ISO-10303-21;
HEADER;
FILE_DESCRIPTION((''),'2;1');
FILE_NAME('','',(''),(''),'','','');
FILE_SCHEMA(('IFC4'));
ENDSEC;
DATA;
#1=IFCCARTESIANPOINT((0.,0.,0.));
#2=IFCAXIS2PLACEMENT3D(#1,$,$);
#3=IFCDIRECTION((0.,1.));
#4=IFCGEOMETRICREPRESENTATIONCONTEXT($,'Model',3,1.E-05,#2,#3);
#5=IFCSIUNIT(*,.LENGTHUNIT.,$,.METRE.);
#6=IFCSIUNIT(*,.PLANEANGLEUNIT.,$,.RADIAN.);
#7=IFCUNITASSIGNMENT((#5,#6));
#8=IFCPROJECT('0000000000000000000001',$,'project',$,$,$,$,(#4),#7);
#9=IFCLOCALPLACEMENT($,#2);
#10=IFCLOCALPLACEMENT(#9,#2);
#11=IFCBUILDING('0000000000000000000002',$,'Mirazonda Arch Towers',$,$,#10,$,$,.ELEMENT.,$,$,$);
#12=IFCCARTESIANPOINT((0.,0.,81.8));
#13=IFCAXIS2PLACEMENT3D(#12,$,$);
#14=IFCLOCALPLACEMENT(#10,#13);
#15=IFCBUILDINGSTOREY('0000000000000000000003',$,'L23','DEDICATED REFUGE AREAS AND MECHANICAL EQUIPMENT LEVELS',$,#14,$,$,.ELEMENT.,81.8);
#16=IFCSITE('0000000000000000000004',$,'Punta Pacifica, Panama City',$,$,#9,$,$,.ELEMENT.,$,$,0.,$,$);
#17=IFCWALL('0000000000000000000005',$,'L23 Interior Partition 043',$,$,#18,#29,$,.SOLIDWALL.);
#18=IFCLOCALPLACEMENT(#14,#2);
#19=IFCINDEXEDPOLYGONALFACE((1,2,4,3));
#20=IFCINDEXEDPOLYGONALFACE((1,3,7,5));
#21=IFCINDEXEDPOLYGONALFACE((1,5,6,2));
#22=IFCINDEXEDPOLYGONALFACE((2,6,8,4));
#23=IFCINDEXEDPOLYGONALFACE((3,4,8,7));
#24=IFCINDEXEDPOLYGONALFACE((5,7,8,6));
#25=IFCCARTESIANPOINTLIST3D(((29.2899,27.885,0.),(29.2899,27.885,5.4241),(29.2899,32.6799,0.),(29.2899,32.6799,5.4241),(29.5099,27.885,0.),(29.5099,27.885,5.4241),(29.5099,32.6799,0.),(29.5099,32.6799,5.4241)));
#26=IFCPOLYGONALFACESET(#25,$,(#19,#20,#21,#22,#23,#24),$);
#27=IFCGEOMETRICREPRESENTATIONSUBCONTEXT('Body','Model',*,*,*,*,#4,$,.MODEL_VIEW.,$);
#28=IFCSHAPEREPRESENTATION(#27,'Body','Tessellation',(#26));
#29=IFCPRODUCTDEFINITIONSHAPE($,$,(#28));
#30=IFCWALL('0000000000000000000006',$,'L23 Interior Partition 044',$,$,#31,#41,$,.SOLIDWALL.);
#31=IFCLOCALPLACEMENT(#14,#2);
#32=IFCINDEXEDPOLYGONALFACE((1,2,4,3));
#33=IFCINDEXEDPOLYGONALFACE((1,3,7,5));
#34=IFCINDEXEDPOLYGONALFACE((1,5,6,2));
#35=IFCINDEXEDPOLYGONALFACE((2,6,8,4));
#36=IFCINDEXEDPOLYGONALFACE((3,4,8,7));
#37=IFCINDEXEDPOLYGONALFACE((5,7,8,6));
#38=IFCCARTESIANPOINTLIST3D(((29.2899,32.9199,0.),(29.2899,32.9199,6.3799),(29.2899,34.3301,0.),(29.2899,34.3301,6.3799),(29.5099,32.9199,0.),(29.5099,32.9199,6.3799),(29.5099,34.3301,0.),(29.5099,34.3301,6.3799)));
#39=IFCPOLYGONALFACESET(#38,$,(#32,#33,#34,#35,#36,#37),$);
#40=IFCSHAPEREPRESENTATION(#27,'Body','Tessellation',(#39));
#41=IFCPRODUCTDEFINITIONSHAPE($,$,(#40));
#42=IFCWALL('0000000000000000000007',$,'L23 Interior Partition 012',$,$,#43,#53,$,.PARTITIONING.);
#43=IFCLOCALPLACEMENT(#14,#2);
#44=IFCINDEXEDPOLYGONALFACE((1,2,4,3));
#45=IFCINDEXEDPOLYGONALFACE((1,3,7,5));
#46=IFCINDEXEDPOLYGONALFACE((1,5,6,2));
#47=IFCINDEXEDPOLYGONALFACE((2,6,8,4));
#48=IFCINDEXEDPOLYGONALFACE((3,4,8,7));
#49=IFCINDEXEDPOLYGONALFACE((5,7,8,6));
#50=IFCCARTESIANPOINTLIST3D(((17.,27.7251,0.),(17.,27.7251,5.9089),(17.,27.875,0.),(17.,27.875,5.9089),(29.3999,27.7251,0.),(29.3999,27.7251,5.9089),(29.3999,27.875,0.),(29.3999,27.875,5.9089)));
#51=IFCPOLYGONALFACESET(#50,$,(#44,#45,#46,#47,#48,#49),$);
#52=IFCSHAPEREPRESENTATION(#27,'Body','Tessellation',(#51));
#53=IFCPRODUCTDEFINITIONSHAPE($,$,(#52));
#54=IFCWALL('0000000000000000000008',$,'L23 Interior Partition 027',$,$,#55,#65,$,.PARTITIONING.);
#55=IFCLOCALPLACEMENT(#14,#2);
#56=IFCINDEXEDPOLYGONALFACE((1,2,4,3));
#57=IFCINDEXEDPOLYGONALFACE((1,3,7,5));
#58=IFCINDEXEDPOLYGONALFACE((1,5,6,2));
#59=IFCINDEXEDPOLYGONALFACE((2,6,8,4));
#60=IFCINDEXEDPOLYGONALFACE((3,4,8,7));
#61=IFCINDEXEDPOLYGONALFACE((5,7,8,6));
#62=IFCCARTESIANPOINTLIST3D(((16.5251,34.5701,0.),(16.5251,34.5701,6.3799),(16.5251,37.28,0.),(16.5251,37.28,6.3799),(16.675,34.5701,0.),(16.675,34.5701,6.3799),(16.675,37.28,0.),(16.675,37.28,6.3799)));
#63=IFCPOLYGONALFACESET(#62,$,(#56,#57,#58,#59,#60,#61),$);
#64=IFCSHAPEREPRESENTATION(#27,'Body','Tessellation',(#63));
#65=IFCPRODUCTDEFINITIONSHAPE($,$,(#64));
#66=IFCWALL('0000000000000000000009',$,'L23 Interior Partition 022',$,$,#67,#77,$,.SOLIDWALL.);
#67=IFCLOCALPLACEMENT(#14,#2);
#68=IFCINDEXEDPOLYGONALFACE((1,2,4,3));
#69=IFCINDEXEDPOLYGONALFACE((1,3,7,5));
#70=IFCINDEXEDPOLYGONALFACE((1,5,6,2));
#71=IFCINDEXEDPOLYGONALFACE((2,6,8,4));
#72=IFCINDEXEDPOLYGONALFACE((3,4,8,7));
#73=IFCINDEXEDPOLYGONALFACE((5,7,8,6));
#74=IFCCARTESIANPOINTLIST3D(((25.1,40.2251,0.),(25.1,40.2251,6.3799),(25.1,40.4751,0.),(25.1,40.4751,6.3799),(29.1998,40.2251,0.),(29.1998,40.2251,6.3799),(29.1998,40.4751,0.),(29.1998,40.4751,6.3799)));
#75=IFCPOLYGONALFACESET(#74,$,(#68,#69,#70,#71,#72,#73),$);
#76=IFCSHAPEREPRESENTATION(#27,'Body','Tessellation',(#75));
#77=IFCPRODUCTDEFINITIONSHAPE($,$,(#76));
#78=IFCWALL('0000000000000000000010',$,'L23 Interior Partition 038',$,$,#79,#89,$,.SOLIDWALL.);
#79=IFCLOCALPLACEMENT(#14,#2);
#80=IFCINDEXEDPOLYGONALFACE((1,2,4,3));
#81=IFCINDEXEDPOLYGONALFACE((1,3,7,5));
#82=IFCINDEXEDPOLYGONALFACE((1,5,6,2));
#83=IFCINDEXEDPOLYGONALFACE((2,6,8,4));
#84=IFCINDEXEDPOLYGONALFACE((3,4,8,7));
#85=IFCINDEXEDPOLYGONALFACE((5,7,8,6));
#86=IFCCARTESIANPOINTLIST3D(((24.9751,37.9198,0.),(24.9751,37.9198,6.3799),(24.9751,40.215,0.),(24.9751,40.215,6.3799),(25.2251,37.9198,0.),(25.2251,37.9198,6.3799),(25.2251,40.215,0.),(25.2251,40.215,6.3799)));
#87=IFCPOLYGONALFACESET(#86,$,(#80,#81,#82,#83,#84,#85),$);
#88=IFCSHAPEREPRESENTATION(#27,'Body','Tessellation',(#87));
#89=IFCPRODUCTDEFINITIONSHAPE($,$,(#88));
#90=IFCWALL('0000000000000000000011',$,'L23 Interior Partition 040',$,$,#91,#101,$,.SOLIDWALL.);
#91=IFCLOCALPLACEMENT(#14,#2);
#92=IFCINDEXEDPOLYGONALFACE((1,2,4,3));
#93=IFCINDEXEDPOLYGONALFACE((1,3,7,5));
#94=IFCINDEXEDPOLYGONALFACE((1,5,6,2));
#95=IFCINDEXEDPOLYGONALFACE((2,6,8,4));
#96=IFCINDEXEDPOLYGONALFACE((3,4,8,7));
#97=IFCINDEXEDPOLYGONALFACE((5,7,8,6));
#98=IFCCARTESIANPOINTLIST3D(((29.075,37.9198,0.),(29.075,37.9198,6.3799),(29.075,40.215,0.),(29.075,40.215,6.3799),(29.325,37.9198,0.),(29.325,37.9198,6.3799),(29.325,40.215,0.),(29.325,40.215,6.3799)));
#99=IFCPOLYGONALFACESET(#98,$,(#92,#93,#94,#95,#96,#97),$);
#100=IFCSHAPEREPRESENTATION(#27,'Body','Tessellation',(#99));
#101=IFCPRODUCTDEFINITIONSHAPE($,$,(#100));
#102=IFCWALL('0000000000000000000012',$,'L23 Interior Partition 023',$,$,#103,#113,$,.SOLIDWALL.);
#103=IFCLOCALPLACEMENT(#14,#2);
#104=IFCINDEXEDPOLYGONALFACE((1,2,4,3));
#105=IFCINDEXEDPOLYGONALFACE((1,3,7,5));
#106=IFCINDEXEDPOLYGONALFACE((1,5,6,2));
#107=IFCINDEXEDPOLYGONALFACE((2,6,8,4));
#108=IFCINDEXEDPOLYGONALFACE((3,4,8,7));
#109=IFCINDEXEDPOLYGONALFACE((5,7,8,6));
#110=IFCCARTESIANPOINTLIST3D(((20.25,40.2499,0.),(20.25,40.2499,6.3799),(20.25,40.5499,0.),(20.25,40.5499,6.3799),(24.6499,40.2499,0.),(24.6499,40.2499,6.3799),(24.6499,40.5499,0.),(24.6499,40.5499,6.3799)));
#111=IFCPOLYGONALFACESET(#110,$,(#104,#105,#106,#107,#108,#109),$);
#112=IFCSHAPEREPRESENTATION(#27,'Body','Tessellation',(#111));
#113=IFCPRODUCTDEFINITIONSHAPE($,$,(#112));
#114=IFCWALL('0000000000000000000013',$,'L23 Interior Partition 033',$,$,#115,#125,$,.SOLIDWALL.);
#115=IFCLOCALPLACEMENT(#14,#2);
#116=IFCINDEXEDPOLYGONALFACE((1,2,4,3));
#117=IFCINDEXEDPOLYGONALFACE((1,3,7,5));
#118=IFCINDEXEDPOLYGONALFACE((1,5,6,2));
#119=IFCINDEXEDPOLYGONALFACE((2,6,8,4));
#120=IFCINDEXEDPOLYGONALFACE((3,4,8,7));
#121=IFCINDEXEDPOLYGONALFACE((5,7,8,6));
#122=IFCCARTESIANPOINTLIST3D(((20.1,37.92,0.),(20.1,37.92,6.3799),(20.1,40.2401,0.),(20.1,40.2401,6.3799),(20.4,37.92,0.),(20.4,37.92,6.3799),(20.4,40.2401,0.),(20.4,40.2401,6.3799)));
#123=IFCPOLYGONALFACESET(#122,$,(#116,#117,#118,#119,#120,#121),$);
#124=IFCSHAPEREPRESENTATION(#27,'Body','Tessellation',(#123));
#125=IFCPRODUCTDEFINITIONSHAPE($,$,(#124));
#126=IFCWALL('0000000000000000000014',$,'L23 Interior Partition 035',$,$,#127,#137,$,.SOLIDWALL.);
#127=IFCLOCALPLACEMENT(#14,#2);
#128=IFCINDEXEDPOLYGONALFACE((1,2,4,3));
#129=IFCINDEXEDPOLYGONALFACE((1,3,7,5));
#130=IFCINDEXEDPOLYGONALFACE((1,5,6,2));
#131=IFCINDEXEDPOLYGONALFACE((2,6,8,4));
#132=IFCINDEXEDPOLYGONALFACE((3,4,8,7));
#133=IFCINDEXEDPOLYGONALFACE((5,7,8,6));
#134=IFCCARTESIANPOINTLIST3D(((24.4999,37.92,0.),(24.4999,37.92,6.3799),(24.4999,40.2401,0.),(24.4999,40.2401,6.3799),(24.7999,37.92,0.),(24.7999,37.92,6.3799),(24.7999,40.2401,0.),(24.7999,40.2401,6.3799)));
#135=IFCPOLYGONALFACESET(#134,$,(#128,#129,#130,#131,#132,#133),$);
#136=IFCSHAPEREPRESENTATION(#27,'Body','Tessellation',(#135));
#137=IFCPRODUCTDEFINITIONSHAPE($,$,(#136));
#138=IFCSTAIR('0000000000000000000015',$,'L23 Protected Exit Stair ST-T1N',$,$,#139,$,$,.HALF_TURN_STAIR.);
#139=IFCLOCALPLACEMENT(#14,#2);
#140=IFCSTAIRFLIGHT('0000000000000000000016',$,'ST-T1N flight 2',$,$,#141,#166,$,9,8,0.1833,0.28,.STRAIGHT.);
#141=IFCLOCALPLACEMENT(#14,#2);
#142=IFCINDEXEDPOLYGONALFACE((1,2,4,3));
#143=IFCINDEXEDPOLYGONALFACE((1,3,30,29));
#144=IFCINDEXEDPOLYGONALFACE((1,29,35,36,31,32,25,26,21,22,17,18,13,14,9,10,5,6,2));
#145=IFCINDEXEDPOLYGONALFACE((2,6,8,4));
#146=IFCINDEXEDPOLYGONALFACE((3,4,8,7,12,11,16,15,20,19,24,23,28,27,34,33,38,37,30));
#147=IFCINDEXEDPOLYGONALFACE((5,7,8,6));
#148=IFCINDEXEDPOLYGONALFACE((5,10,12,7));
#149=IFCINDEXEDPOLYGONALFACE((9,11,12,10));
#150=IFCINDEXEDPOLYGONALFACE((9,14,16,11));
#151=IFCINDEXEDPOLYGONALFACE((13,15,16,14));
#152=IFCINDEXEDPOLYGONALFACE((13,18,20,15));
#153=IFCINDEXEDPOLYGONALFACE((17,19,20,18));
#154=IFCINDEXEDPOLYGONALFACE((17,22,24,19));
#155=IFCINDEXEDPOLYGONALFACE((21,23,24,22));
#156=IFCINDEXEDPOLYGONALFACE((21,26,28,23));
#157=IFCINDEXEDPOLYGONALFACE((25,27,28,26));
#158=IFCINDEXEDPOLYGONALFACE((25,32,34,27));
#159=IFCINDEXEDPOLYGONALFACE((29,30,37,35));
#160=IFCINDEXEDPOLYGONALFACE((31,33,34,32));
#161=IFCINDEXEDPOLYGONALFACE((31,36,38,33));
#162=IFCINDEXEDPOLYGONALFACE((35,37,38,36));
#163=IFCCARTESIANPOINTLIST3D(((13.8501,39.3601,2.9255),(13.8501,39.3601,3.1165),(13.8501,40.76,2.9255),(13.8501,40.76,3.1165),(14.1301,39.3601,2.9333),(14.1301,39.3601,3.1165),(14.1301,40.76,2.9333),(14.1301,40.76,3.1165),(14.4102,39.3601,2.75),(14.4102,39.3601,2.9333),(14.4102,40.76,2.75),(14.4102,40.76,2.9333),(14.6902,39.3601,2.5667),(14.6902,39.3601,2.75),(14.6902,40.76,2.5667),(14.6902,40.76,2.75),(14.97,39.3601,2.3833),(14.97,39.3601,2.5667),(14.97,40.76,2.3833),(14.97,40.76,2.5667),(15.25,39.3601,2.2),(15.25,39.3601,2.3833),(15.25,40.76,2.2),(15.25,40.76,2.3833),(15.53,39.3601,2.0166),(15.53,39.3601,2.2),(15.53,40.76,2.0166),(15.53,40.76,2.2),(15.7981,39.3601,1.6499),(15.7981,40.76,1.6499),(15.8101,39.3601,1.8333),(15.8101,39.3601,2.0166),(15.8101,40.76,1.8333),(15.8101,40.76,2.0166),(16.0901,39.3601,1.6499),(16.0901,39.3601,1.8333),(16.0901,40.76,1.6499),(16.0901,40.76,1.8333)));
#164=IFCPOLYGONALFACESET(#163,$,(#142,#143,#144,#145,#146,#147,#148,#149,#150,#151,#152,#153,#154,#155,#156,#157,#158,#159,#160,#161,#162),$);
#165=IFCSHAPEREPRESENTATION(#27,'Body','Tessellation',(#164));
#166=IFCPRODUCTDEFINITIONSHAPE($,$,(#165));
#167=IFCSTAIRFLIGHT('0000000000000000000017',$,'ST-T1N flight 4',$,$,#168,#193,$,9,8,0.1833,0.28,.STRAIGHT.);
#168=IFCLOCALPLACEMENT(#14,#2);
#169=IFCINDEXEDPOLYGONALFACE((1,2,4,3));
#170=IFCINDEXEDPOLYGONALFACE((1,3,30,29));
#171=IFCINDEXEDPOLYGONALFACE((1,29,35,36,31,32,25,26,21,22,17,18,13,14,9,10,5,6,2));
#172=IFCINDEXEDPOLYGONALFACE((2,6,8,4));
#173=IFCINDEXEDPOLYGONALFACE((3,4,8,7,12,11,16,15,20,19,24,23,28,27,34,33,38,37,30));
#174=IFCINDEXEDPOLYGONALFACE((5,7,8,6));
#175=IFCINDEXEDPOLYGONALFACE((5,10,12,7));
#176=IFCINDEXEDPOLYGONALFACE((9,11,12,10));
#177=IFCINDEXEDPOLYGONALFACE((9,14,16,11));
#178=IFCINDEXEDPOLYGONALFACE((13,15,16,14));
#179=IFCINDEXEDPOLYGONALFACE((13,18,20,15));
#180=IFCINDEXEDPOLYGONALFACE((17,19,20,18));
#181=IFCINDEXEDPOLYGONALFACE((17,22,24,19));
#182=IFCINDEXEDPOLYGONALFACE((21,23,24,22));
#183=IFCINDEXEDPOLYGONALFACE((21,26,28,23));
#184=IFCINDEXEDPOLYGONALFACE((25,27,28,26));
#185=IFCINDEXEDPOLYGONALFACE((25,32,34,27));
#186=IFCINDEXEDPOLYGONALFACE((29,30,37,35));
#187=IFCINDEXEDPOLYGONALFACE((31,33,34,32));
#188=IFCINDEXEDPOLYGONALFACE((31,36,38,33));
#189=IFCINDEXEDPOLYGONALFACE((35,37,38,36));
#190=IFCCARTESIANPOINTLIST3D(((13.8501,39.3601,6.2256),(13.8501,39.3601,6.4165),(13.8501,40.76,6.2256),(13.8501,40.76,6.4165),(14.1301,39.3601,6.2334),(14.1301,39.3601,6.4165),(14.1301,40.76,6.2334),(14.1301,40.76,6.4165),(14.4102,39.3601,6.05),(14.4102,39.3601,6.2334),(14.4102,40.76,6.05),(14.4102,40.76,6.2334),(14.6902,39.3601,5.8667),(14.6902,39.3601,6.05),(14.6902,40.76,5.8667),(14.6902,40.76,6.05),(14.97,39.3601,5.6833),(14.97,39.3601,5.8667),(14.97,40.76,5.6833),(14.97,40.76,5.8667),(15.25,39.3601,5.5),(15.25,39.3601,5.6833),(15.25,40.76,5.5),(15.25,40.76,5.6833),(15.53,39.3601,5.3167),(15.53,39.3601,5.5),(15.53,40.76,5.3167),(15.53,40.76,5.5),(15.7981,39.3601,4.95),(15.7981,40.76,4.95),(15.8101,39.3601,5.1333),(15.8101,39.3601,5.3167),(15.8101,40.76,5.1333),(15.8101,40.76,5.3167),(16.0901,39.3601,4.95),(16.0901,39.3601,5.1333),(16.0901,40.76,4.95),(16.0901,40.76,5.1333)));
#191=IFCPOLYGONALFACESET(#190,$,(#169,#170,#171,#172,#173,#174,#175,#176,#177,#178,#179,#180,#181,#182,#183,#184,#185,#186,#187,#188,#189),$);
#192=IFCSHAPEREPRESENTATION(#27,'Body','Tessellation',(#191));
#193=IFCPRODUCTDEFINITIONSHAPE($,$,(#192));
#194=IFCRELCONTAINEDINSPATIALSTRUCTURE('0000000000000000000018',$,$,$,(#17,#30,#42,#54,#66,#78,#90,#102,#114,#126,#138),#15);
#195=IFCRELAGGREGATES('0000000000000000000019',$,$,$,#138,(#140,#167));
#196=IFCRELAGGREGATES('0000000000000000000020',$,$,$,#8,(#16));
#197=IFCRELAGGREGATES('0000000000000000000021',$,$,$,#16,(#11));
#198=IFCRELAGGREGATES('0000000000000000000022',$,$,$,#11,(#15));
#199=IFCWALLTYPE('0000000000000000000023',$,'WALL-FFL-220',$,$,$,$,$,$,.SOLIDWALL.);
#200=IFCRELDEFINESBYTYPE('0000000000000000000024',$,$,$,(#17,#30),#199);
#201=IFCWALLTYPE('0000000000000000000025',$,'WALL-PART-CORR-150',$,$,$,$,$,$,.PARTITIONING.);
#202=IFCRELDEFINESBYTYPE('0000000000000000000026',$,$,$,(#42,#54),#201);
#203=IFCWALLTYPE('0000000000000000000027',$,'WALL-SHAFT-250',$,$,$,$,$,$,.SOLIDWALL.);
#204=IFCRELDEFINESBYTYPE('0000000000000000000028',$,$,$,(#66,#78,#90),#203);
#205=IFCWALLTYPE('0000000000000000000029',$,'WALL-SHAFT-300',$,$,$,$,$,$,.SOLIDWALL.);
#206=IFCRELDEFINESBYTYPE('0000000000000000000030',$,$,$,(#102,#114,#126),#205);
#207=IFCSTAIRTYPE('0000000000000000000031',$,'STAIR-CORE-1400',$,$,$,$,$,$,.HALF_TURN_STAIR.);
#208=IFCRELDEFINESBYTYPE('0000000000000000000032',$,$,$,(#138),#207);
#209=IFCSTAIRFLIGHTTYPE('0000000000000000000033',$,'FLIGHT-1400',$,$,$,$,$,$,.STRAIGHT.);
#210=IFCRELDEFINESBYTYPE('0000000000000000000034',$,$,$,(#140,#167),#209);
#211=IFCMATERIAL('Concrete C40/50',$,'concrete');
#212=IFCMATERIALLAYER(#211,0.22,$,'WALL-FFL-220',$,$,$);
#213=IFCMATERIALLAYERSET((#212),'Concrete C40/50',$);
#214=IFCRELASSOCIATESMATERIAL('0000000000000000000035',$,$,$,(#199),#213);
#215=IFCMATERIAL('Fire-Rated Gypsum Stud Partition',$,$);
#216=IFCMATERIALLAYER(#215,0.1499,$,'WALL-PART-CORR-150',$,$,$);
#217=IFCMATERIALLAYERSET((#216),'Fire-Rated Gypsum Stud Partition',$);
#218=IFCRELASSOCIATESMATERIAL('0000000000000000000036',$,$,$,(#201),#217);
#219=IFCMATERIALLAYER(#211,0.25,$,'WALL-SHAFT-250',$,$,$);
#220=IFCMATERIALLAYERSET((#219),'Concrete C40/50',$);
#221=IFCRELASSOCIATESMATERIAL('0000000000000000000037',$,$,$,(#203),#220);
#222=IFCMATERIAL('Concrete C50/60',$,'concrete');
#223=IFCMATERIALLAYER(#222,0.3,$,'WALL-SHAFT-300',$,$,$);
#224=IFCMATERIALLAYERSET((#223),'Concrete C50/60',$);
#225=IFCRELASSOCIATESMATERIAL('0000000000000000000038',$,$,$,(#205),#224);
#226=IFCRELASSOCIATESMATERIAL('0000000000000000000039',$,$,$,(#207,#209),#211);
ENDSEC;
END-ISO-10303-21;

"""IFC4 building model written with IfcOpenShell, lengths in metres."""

from ifc_helpers import new_model, si_unit, direction, frame, frame_2d, origin, place, context, subcontext, project, spatial, polyline, rectangle, outline, extrude, material, layer, layer_set, type_object, element, aggregate, save


model = new_model("IFC4")

# Units and contexts
model_context = context("Model", 3, precision=1e-05, world=origin(), true_north=direction((0.0, 1.0)))
body_context = subcontext(model_context, "Body", "Model", "MODEL_VIEW")
ifc_project = project(units=[si_unit("LENGTHUNIT", "METRE"), si_unit("PLANEANGLEUNIT", "RADIAN")], contexts=[model_context])

# Site, building, storey
site_placement = place(None, origin())
site = spatial("IfcSite", under=ifc_project, at=site_placement, Name="Punta Pacifica, Panama City", CompositionType="ELEMENT", RefElevation=0.0)
building_placement = place(site_placement, origin())
building = spatial("IfcBuilding", under=site, at=building_placement, Name="Mirazonda Arch Towers", CompositionType="ELEMENT")
storey_placement = place(building_placement, frame((0.0, 0.0, 81.8)))
storey = spatial("IfcBuildingStorey", under=building, at=storey_placement, Name="L23", Description="DEDICATED REFUGE AREAS AND MECHANICAL EQUIPMENT LEVELS", CompositionType="ELEMENT", Elevation=81.8)

# Shared definitions
ifc_material_1 = material(Name="Concrete C50/60", Category="concrete")

# Shared definitions
ifc_material_2 = material(Name="Concrete C40/50", Category="concrete")
ifc_layer_1 = layer(ifc_material_2, 0.22, Name="WALL-FFL-220")
ifc_layer_set_1 = layer_set([ifc_layer_1], Name="Concrete C40/50")
wall_type_1 = type_object("IfcWallType", Name="WALL-FFL-220", PredefinedType="SOLIDWALL", material=ifc_layer_set_1)

# Walls
wall_1_placement = place(storey_placement, frame((29.3999, 27.885, 0.0), z_axis=(0.0, 0.0, 1.0), x_axis=(0.0, 1.0, 0.0)))
element("IfcWall", 1, at=wall_1_placement, inside=storey, type_object=wall_type_1, Name="L23 Interior Partition 043", PredefinedType="SOLIDWALL", context=body_context, shape_type="SweptSolid", body=[
    extrude(rectangle(XDim=4.7949, YDim=0.22, at=frame_2d((2.3975, 0.0))), origin(), (0.0, 0.0, 1.0), 5.4241),
])
wall_2_placement = place(storey_placement, frame((29.3999, 32.9199, 0.0), z_axis=(0.0, 0.0, 1.0), x_axis=(0.0, 1.0, 0.0)))
element("IfcWall", 2, at=wall_2_placement, inside=storey, type_object=wall_type_1, Name="L23 Interior Partition 044", PredefinedType="SOLIDWALL", context=body_context, shape_type="SweptSolid", body=[
    extrude(rectangle(XDim=1.4102, YDim=0.22, at=frame_2d((0.7051, 0.0))), origin(), (0.0, 0.0, 1.0), 6.3799),
])
ifc_material_3 = material(Name="Fire-Rated Gypsum Stud Partition")
ifc_layer_2 = layer(ifc_material_3, 0.1499, Name="WALL-PART-CORR-150")
ifc_layer_set_2 = layer_set([ifc_layer_2], Name="Fire-Rated Gypsum Stud Partition")
wall_type_2 = type_object("IfcWallType", Name="WALL-PART-CORR-150", PredefinedType="PARTITIONING", material=ifc_layer_set_2)
wall_3_placement = place(storey_placement, frame((17.0, 27.8, 0.0), z_axis=(0.0, 0.0, 1.0), x_axis=(1.0, 0.0, 0.0)))
element("IfcWall", 3, at=wall_3_placement, inside=storey, type_object=wall_type_2, Name="L23 Interior Partition 012", PredefinedType="PARTITIONING", context=body_context, shape_type="SweptSolid", body=[
    extrude(rectangle(XDim=12.3999, YDim=0.1499, at=frame_2d((6.2, 0.0))), origin(), (0.0, 0.0, 1.0), 5.9089),
])
wall_4_placement = place(storey_placement, frame((16.6001, 34.5701, 0.0), z_axis=(0.0, 0.0, 1.0), x_axis=(0.0, 1.0, 0.0)))
element("IfcWall", 4, at=wall_4_placement, inside=storey, type_object=wall_type_2, Name="L23 Interior Partition 027", PredefinedType="PARTITIONING", context=body_context, shape_type="SweptSolid", body=[
    extrude(rectangle(XDim=2.71, YDim=0.1499, at=frame_2d((1.355, 0.0))), origin(), (0.0, 0.0, 1.0), 6.3799),
])
ifc_layer_3 = layer(ifc_material_2, 0.25, Name="WALL-SHAFT-250")
ifc_layer_set_3 = layer_set([ifc_layer_3], Name="Concrete C40/50")
wall_type_3 = type_object("IfcWallType", Name="WALL-SHAFT-250", PredefinedType="SOLIDWALL", material=ifc_layer_set_3)
wall_5_placement = place(storey_placement, frame((25.1001, 40.3501, 0.0), z_axis=(0.0, 0.0, 1.0), x_axis=(1.0, 0.0, 0.0)))
element("IfcWall", 5, at=wall_5_placement, inside=storey, type_object=wall_type_3, Name="L23 Interior Partition 022", PredefinedType="SOLIDWALL", context=body_context, shape_type="SweptSolid", body=[
    extrude(rectangle(XDim=4.0999, YDim=0.25, at=frame_2d((2.0498, 0.0))), origin(), (0.0, 0.0, 1.0), 6.3799),
])
for number, where, z_axis, x_axis, name in (
    (6, (25.1001, 37.9199, 0.0), (0.0, 0.0, 1.0), (0.0, 1.0, 0.0), "L23 Interior Partition 038"),
    (7, (29.2, 37.9199, 0.0), (0.0, 0.0, 1.0), (0.0, 1.0, 0.0), "L23 Interior Partition 040"),
):
    element("IfcWall", number, at=place(storey_placement, frame(where, z_axis=z_axis, x_axis=x_axis)), inside=storey, type_object=wall_type_3, Name=name, PredefinedType="SOLIDWALL", context=body_context, shape_type="SweptSolid", body=[
        extrude(rectangle(XDim=2.2952, YDim=0.25, at=frame_2d((1.1475, 0.0))), origin(), (0.0, 0.0, 1.0), 6.3799),
    ])
ifc_layer_4 = layer(ifc_material_1, 0.3, Name="WALL-SHAFT-300")
ifc_layer_set_4 = layer_set([ifc_layer_4], Name="Concrete C50/60")
wall_type_4 = type_object("IfcWallType", Name="WALL-SHAFT-300", PredefinedType="SOLIDWALL", material=ifc_layer_set_4)
wall_6_placement = place(storey_placement, frame((20.25, 40.3999, 0.0), z_axis=(0.0, 0.0, 1.0), x_axis=(1.0, 0.0, 0.0)))
element("IfcWall", 8, at=wall_6_placement, inside=storey, type_object=wall_type_4, Name="L23 Interior Partition 023", PredefinedType="SOLIDWALL", context=body_context, shape_type="SweptSolid", body=[
    extrude(rectangle(XDim=4.3999, YDim=0.3, at=frame_2d((2.2, 0.0))), origin(), (0.0, 0.0, 1.0), 6.3799),
])
for number, where, z_axis, x_axis, name in (
    (9, (20.25, 37.9199, 0.0), (0.0, 0.0, 1.0), (0.0, 1.0, 0.0), "L23 Interior Partition 033"),
    (10, (24.6499, 37.9199, 0.0), (0.0, 0.0, 1.0), (0.0, 1.0, 0.0), "L23 Interior Partition 035"),
):
    element("IfcWall", number, at=place(storey_placement, frame(where, z_axis=z_axis, x_axis=x_axis)), inside=storey, type_object=wall_type_4, Name=name, PredefinedType="SOLIDWALL", context=body_context, shape_type="SweptSolid", body=[
        extrude(rectangle(XDim=2.3201, YDim=0.3, at=frame_2d((1.1602, 0.0))), origin(), (0.0, 0.0, 1.0), 6.3799),
    ])

# Stair, stair flights
stair_type = type_object("IfcStairType", Name="STAIR-CORE-1400", PredefinedType="HALF_TURN_STAIR", material=ifc_material_2)
stair_placement = place(storey_placement, origin())
stair = element("IfcStair", 11, at=stair_placement, inside=storey, type_object=stair_type, Name="L23 Protected Exit Stair ST-T1N", PredefinedType="HALF_TURN_STAIR")
stair_flight_type = type_object("IfcStairFlightType", Name="FLIGHT-1400", PredefinedType="STRAIGHT", material=ifc_material_2)
stair_flight_1_placement = place(storey_placement, frame((16.0901, 40.0601, 1.6499), z_axis=(0.0, 0.0, 1.0), x_axis=(-1.0, 0.0, 0.0)))
stair_flight_1 = element("IfcStairFlight", 12, at=stair_flight_1_placement, type_object=stair_flight_type, Name="ST-T1N flight 2", NumberOfRisers=9, NumberOfTreads=8, PredefinedType="STRAIGHT", RiserHeight=0.1833, TreadLength=0.28, context=body_context, shape_type="SweptSolid", body=[
    extrude(outline(polyline([(0.0, 0.0), (0.0, 0.1833), (0.28, 0.1833), (0.28, 0.3667), (0.5601, 0.3667), (0.5601, 0.55), (0.8401, 0.55), (0.8401, 0.7334), (1.1201, 0.7334), (1.1201, 0.9167), (1.3999, 0.9167), (1.3999, 1.1001), (1.6799, 1.1001), (1.6799, 1.2834), (1.96, 1.2834), (1.96, 1.4666), (2.24, 1.4666), (2.24, 1.6499), (2.24, 1.2756), (0.292, 0.0), (0.0, 0.0)])), frame((0.0, 0.7, 0.0), z_axis=(0.0, -1.0, 0.0), x_axis=(1.0, 0.0, 0.0)), (0.0, 0.0, 1.0), 1.3999),
])
stair_flight_2_placement = place(storey_placement, frame((16.0901, 40.0601, 4.95), z_axis=(0.0, 0.0, 1.0), x_axis=(-1.0, 0.0, 0.0)))
stair_flight_2 = element("IfcStairFlight", 13, at=stair_flight_2_placement, type_object=stair_flight_type, Name="ST-T1N flight 4", NumberOfRisers=9, NumberOfTreads=8, PredefinedType="STRAIGHT", RiserHeight=0.1833, TreadLength=0.28, context=body_context, shape_type="SweptSolid", body=[
    extrude(outline(polyline([(0.0, 0.0), (0.0, 0.1833), (0.28, 0.1833), (0.28, 0.3667), (0.5601, 0.3667), (0.5601, 0.55), (0.8401, 0.55), (0.8401, 0.7334), (1.1201, 0.7334), (1.1201, 0.9167), (1.3999, 0.9167), (1.3999, 1.1001), (1.6799, 1.1001), (1.6799, 1.2834), (1.96, 1.2834), (1.96, 1.4666), (2.24, 1.4666), (2.24, 1.6499), (2.24, 1.2756), (0.292, 0.0), (0.0, 0.0)])), frame((0.0, 0.7, 0.0), z_axis=(0.0, -1.0, 0.0), x_axis=(1.0, 0.0, 0.0)), (0.0, 0.0, 1.0), 1.3999),
])
aggregate(stair, [stair_flight_1, stair_flight_2])

save(model, "model.ifc")
